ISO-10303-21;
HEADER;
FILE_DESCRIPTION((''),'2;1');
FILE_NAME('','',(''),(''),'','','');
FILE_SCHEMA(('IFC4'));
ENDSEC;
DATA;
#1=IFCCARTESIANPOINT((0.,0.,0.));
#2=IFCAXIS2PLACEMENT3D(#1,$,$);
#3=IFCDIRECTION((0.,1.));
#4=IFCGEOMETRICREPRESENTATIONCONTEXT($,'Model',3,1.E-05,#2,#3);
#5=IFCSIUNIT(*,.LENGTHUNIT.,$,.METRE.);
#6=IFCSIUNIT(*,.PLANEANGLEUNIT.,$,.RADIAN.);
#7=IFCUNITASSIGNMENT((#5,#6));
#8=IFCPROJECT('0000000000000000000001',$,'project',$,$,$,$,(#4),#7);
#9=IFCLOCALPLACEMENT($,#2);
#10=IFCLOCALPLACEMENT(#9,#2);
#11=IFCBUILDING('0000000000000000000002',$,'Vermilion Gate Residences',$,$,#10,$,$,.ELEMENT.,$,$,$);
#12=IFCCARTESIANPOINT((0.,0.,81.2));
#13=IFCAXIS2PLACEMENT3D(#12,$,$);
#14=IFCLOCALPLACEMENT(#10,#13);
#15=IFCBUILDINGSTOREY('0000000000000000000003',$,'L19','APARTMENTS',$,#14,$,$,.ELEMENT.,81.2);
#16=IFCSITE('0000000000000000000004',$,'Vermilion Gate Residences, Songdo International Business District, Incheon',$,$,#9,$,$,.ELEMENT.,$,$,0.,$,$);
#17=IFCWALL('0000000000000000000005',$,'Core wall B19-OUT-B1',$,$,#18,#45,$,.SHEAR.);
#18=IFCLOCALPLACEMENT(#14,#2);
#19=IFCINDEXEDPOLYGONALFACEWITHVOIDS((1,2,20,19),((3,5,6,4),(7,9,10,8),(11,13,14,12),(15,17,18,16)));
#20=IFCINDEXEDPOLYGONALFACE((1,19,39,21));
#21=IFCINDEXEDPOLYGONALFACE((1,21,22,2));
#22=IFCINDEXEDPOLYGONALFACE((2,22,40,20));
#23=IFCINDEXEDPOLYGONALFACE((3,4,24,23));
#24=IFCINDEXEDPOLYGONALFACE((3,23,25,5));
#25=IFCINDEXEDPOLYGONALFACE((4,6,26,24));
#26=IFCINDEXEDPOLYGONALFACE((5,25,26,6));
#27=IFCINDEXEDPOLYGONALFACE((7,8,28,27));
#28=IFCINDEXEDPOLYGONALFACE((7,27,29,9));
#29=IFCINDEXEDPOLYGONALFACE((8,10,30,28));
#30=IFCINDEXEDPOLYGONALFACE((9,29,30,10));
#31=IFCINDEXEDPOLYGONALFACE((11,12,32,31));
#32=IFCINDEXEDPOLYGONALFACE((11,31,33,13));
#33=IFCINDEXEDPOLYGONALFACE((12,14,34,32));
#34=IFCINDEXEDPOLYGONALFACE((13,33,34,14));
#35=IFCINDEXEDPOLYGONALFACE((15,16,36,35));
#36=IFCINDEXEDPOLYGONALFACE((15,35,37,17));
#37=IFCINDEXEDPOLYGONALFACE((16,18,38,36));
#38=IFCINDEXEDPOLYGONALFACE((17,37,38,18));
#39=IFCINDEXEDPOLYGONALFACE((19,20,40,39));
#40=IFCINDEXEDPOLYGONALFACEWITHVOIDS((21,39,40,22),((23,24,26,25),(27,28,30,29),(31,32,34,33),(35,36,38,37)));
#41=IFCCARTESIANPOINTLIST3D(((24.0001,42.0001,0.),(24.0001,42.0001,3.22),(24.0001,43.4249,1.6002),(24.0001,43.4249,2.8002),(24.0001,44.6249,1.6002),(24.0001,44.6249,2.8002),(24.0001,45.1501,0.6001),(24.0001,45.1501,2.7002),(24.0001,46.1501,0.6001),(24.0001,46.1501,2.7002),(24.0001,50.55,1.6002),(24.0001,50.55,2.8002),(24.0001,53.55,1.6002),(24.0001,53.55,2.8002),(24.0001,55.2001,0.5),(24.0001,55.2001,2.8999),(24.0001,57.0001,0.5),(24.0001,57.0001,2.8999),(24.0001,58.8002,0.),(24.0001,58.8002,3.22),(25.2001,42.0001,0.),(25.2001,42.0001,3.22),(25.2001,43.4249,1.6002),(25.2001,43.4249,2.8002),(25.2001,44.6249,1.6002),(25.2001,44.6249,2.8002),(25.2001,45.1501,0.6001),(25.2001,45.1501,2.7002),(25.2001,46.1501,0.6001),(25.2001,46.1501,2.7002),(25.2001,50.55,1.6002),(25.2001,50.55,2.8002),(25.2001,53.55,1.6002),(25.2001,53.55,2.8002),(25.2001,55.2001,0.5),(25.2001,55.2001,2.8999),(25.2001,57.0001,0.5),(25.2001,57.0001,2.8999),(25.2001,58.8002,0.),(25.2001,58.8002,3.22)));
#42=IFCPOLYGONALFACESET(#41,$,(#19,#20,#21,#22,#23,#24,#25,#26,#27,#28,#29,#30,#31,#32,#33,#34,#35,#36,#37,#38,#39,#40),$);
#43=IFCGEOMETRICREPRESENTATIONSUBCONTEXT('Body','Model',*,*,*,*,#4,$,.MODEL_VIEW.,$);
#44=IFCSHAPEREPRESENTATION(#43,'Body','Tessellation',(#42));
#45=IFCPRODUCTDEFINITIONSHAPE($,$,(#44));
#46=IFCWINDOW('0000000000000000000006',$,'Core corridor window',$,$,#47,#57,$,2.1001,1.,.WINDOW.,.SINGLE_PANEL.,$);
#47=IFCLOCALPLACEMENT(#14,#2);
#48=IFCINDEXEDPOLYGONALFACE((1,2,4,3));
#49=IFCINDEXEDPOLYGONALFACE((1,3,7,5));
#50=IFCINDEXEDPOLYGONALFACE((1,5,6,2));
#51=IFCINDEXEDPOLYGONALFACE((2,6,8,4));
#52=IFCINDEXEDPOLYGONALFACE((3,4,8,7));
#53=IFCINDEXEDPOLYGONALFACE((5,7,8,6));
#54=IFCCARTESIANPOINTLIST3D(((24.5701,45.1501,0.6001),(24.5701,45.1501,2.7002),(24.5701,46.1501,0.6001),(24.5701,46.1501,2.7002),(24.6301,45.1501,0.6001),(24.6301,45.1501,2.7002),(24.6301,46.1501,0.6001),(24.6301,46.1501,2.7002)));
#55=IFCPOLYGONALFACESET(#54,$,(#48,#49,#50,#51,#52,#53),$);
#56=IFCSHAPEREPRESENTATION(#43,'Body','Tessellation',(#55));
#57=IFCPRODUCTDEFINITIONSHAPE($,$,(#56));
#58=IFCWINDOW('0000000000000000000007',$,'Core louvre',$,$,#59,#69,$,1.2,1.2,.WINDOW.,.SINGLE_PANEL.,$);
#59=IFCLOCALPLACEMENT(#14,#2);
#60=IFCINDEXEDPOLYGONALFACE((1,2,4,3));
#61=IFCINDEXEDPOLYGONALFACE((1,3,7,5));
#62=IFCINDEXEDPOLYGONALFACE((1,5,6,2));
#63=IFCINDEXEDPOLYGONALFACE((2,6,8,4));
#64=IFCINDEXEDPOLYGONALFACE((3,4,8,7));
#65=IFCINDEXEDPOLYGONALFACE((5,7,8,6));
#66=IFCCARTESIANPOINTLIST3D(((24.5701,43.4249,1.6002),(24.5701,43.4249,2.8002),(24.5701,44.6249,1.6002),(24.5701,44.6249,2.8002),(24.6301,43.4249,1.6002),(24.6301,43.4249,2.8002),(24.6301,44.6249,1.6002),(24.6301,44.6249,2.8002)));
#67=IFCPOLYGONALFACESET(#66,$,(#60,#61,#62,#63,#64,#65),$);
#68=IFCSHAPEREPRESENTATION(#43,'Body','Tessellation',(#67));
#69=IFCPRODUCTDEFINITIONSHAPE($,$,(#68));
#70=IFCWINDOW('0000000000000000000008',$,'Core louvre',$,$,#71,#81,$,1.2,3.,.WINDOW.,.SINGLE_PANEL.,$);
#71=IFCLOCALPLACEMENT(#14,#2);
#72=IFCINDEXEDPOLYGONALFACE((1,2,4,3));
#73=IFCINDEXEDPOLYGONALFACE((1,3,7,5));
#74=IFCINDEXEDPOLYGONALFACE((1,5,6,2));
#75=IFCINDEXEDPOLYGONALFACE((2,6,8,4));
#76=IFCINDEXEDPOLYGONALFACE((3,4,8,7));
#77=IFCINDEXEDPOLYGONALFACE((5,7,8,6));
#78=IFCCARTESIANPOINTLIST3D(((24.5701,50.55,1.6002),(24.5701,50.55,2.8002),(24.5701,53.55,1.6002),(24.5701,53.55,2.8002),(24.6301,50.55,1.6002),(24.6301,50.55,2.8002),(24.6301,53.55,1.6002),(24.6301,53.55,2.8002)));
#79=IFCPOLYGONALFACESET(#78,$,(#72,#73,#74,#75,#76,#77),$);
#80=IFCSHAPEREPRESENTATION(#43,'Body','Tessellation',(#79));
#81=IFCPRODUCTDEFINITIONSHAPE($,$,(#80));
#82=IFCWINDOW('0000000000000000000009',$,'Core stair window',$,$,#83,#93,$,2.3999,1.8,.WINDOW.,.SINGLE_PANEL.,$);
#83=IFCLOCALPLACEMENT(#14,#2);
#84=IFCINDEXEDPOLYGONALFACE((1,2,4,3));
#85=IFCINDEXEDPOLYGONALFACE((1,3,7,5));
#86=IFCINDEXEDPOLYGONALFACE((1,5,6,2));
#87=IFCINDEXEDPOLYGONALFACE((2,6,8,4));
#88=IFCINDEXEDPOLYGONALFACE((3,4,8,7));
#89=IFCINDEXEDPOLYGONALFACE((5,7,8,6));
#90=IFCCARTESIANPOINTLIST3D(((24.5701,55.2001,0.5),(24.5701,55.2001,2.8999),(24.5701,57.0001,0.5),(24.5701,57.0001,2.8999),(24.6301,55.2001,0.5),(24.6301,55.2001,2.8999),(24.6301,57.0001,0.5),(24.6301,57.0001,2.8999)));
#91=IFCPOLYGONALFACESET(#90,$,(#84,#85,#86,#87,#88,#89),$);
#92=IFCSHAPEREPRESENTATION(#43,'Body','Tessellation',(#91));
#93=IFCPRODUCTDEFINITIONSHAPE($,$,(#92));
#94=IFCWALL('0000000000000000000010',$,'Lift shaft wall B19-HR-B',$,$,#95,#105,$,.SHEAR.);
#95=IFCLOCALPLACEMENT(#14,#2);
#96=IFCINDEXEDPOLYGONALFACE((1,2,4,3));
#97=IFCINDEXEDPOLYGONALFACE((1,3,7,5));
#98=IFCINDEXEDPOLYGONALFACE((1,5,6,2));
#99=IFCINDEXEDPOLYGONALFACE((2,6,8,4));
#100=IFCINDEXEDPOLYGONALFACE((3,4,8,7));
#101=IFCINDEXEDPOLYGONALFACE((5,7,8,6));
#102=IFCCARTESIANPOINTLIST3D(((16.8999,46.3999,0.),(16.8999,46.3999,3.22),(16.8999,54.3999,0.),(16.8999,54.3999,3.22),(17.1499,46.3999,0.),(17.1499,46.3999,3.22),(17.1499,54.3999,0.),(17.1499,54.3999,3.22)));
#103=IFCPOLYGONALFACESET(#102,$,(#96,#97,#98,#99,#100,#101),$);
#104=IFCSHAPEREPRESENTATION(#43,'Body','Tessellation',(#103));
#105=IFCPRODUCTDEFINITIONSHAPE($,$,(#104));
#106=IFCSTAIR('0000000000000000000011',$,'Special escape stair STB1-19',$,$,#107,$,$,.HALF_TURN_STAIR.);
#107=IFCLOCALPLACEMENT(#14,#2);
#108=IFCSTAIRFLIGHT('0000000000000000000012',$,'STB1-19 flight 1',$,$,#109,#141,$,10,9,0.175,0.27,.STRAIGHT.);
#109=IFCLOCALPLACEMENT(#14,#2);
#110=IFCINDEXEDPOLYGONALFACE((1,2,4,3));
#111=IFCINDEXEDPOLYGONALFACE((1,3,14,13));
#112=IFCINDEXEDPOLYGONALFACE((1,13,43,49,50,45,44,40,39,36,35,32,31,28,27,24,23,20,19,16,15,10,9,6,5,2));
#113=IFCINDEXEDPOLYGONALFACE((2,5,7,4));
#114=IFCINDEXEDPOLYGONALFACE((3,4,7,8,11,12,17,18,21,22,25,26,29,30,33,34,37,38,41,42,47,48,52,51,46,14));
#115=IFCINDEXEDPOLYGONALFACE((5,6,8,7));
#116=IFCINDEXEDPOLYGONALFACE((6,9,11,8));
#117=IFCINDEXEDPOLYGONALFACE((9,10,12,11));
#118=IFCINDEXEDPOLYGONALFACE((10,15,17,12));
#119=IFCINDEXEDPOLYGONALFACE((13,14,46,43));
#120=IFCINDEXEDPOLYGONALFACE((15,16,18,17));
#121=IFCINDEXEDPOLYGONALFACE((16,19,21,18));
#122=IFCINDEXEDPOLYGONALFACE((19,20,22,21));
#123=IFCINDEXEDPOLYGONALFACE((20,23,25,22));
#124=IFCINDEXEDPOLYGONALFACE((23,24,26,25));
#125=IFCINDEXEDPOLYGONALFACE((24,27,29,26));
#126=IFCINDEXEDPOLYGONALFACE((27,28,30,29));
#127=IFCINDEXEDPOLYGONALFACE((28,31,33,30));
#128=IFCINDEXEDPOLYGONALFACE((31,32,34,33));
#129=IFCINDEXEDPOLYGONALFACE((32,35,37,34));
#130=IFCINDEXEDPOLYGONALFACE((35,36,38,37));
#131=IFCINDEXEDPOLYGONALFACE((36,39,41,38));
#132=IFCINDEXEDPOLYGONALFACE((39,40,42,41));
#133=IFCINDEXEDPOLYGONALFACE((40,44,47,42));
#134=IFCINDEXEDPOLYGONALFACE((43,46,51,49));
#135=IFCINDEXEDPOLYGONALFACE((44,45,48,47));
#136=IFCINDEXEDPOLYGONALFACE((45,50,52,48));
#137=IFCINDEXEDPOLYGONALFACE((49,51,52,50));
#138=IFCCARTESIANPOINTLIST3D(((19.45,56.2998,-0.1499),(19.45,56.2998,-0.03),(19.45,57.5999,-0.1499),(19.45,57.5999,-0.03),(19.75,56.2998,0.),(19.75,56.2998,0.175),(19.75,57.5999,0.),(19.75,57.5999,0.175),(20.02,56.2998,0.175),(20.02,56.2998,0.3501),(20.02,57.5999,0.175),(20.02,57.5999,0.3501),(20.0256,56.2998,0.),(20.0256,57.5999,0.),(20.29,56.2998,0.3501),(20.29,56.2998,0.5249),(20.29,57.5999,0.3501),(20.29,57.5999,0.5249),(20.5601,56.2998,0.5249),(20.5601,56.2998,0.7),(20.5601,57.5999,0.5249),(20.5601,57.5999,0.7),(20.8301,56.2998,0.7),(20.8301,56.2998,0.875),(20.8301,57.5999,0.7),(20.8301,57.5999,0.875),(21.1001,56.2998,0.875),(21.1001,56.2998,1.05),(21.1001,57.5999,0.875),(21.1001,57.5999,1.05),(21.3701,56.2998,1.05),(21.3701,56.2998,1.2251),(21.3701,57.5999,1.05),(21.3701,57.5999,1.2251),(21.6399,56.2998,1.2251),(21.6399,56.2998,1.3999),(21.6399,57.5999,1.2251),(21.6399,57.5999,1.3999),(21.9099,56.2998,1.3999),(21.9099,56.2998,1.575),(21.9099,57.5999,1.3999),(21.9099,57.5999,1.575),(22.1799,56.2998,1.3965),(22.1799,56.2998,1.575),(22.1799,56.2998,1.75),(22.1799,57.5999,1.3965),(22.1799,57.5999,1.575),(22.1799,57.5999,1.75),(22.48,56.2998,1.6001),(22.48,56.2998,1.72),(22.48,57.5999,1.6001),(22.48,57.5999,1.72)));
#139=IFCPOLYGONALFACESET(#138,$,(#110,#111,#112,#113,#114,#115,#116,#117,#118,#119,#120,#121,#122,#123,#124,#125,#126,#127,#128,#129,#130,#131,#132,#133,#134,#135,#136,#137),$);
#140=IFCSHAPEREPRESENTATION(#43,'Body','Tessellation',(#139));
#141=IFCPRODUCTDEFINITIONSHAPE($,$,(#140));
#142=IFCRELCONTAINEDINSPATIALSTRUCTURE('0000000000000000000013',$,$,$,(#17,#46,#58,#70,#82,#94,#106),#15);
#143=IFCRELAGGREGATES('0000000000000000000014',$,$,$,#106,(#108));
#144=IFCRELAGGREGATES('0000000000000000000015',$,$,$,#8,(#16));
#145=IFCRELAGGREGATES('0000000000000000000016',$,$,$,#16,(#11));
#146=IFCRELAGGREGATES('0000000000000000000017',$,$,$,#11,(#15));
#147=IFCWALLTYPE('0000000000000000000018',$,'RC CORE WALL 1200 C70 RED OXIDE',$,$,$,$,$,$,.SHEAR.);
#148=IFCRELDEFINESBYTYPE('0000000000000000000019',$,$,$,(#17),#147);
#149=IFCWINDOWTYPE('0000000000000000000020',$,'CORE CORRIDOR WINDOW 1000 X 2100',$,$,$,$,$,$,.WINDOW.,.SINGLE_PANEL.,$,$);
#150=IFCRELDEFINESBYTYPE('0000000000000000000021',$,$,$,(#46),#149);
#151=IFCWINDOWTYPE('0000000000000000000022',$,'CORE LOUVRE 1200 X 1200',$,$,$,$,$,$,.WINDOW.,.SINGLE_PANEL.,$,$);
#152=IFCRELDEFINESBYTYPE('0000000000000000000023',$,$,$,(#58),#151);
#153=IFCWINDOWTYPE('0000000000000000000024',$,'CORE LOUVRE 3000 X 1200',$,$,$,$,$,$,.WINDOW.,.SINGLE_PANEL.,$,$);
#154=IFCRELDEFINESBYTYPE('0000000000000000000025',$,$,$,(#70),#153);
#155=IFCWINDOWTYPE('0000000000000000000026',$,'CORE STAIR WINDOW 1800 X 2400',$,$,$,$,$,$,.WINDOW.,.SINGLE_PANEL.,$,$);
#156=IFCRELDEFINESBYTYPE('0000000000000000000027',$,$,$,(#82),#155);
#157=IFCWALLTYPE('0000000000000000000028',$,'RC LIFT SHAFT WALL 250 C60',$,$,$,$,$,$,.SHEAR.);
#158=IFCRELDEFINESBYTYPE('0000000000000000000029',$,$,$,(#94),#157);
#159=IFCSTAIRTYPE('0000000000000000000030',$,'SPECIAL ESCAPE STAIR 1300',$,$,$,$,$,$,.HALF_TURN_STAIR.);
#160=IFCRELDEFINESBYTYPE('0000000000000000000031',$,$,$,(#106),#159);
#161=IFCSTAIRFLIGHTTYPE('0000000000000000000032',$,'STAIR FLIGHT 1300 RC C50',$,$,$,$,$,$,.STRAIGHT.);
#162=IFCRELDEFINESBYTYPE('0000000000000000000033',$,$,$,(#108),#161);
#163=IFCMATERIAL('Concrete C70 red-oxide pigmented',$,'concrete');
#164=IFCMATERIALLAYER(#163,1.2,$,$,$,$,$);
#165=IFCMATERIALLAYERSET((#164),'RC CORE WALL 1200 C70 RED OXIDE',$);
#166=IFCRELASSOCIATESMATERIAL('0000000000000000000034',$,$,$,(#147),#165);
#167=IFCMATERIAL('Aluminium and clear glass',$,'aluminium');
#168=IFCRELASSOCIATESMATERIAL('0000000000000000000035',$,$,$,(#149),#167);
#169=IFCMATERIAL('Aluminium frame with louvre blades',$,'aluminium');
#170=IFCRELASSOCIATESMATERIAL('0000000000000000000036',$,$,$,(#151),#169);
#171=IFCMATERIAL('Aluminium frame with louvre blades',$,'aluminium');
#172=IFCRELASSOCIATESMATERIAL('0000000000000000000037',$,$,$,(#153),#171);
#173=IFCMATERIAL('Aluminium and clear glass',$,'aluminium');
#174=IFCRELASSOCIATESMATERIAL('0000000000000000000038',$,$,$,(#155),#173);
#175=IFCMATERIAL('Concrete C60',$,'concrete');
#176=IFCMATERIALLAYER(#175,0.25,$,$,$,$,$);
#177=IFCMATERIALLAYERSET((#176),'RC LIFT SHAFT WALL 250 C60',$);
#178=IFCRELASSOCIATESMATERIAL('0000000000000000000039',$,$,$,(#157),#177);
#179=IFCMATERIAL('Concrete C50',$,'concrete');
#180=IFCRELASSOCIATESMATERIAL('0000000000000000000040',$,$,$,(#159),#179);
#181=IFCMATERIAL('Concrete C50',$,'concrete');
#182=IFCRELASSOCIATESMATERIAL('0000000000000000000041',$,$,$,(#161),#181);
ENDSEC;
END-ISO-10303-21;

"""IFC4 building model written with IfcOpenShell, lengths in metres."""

from ifc_helpers import new_model, si_unit, direction, frame, frame_2d, origin, place, context, subcontext, project, spatial, polyline, rectangle, outline, extrude, material, layer, layer_set, type_object, element, fill, aggregate, save


model = new_model("IFC4")

# Units and contexts
model_context = context("Model", 3, precision=1e-05, world=origin(), true_north=direction((0.0, 1.0)))
body_context = subcontext(model_context, "Body", "Model", "MODEL_VIEW")
ifc_project = project(units=[si_unit("LENGTHUNIT", "METRE"), si_unit("PLANEANGLEUNIT", "RADIAN")], contexts=[model_context])

# Site, building, storey
site_placement = place(None, origin())
site = spatial("IfcSite", under=ifc_project, at=site_placement, Name="Vermilion Gate Residences, Songdo International Business District, Incheon", CompositionType="ELEMENT", RefElevation=0.0)
building_placement = place(site_placement, origin())
building = spatial("IfcBuilding", under=site, at=building_placement, Name="Vermilion Gate Residences", CompositionType="ELEMENT")
storey_placement = place(building_placement, frame((0.0, 0.0, 81.2)))
storey = spatial("IfcBuildingStorey", under=building, at=storey_placement, Name="L19", Description="APARTMENTS", CompositionType="ELEMENT", Elevation=81.2)

# Wall, openings, windows
ifc_material_1 = material(Name="Concrete C70 red-oxide pigmented", Category="concrete")
ifc_layer_1 = layer(ifc_material_1, 1.2)
ifc_layer_set_1 = layer_set([ifc_layer_1], Name="RC CORE WALL 1200 C70 RED OXIDE")
wall_type_1 = type_object("IfcWallType", Name="RC CORE WALL 1200 C70 RED OXIDE", PredefinedType="SHEAR", material=ifc_layer_set_1)
wall_1_placement = place(storey_placement, frame((24.6001, 58.8, 0.0), z_axis=(0.0, 0.0, 1.0), x_axis=(0.0, -1.0, 0.0)))
wall_1 = element("IfcWall", 1, at=wall_1_placement, inside=storey, type_object=wall_type_1, Name="Core wall B19-OUT-B1", PredefinedType="SHEAR", context=body_context, shape_type="SweptSolid", body=[
    extrude(rectangle(XDim=16.8, YDim=1.2, at=frame_2d((8.3999, 0.0))), origin(), (0.0, 0.0, 1.0), 3.22),
])
opening_1_placement = place(wall_1_placement, frame((1.8, 0.0, 0.5)))
opening_1 = element("IfcOpeningElement", 2, at=opening_1_placement, cuts=wall_1, PredefinedType="OPENING", context=body_context, shape_type="SweptSolid", body=[
    extrude(rectangle(XDim=1.8, YDim=2.3999, at=frame_2d((0.8999, 1.2))), frame((0.0, 0.6099, 0.0), z_axis=(0.0, -1.0, 0.0), x_axis=(1.0, 0.0, 0.0)), (0.0, 0.0, 1.0), 1.22),
])
opening_2_placement = place(wall_1_placement, frame((5.25, 0.0, 1.6001)))
opening_2 = element("IfcOpeningElement", 3, at=opening_2_placement, cuts=wall_1, PredefinedType="OPENING", context=body_context, shape_type="SweptSolid", body=[
    extrude(rectangle(XDim=3.0, YDim=1.2, at=frame_2d((1.5, 0.6001))), frame((0.0, 0.6099, 0.0), z_axis=(0.0, -1.0, 0.0), x_axis=(1.0, 0.0, 0.0)), (0.0, 0.0, 1.0), 1.22),
])
opening_3_placement = place(wall_1_placement, frame((12.6499, 0.0, 0.6001)))
opening_3 = element("IfcOpeningElement", 4, at=opening_3_placement, cuts=wall_1, PredefinedType="OPENING", context=body_context, shape_type="SweptSolid", body=[
    extrude(rectangle(XDim=1.0, YDim=2.1001, at=frame_2d((0.5, 1.05))), frame((0.0, 0.6099, 0.0), z_axis=(0.0, -1.0, 0.0), x_axis=(1.0, 0.0, 0.0)), (0.0, 0.0, 1.0), 1.22),
])
opening_4_placement = place(wall_1_placement, frame((14.175, 0.0, 1.6001)))
opening_4 = element("IfcOpeningElement", 5, at=opening_4_placement, cuts=wall_1, PredefinedType="OPENING", context=body_context, shape_type="SweptSolid", body=[
    extrude(rectangle(XDim=1.2, YDim=1.2, at=frame_2d((0.6001, 0.6001))), frame((0.0, 0.6099, 0.0), z_axis=(0.0, -1.0, 0.0), x_axis=(1.0, 0.0, 0.0)), (0.0, 0.0, 1.0), 1.22),
])
ifc_material_2 = material(Name="Aluminium and clear glass", Category="aluminium")
window_type_1 = type_object("IfcWindowType", Name="CORE CORRIDOR WINDOW 1000 X 2100", PartitioningType="SINGLE_PANEL", PredefinedType="WINDOW", material=ifc_material_2)
window_1_placement = place(opening_3_placement, origin())
window_1 = element("IfcWindow", 6, at=window_1_placement, inside=storey, type_object=window_type_1, Name="Core corridor window", OverallHeight=2.1001, OverallWidth=1.0, PartitioningType="SINGLE_PANEL", PredefinedType="WINDOW", context=body_context, shape_type="SweptSolid", body=[
    extrude(rectangle(XDim=1.0, YDim=2.1001, at=frame_2d((0.5, 1.05))), frame((0.0, 0.03, 0.0), z_axis=(0.0, -1.0, 0.0), x_axis=(1.0, 0.0, 0.0)), (0.0, 0.0, 1.0), 0.0601),
])
fill(opening_3, window_1)
ifc_material_3 = material(Name="Aluminium frame with louvre blades", Category="aluminium")
window_type_2 = type_object("IfcWindowType", Name="CORE LOUVRE 1200 X 1200", PartitioningType="SINGLE_PANEL", PredefinedType="WINDOW", material=ifc_material_3)
window_2_placement = place(opening_4_placement, origin())
window_2 = element("IfcWindow", 7, at=window_2_placement, inside=storey, type_object=window_type_2, Name="Core louvre", OverallHeight=1.2, OverallWidth=1.2, PartitioningType="SINGLE_PANEL", PredefinedType="WINDOW", context=body_context, shape_type="SweptSolid", body=[
    extrude(rectangle(XDim=1.2, YDim=1.2, at=frame_2d((0.6001, 0.6001))), frame((0.0, 0.03, 0.0), z_axis=(0.0, -1.0, 0.0), x_axis=(1.0, 0.0, 0.0)), (0.0, 0.0, 1.0), 0.0601),
])
fill(opening_4, window_2)
ifc_material_4 = material(Name="Aluminium frame with louvre blades", Category="aluminium")
window_type_3 = type_object("IfcWindowType", Name="CORE LOUVRE 3000 X 1200", PartitioningType="SINGLE_PANEL", PredefinedType="WINDOW", material=ifc_material_4)
window_3_placement = place(opening_2_placement, origin())
window_3 = element("IfcWindow", 8, at=window_3_placement, inside=storey, type_object=window_type_3, Name="Core louvre", OverallHeight=1.2, OverallWidth=3.0, PartitioningType="SINGLE_PANEL", PredefinedType="WINDOW", context=body_context, shape_type="SweptSolid", body=[
    extrude(rectangle(XDim=3.0, YDim=1.2, at=frame_2d((1.5, 0.6001))), frame((0.0, 0.03, 0.0), z_axis=(0.0, -1.0, 0.0), x_axis=(1.0, 0.0, 0.0)), (0.0, 0.0, 1.0), 0.0601),
])
fill(opening_2, window_3)
ifc_material_5 = material(Name="Aluminium and clear glass", Category="aluminium")
window_type_4 = type_object("IfcWindowType", Name="CORE STAIR WINDOW 1800 X 2400", PartitioningType="SINGLE_PANEL", PredefinedType="WINDOW", material=ifc_material_5)
window_4_placement = place(opening_1_placement, origin())
window_4 = element("IfcWindow", 9, at=window_4_placement, inside=storey, type_object=window_type_4, Name="Core stair window", OverallHeight=2.3999, OverallWidth=1.8, PartitioningType="SINGLE_PANEL", PredefinedType="WINDOW", context=body_context, shape_type="SweptSolid", body=[
    extrude(rectangle(XDim=1.8, YDim=2.3999, at=frame_2d((0.8999, 1.2))), frame((0.0, 0.03, 0.0), z_axis=(0.0, -1.0, 0.0), x_axis=(1.0, 0.0, 0.0)), (0.0, 0.0, 1.0), 0.0601),
])
fill(opening_1, window_4)

# Wall
ifc_material_6 = material(Name="Concrete C60", Category="concrete")
ifc_layer_2 = layer(ifc_material_6, 0.25)
ifc_layer_set_2 = layer_set([ifc_layer_2], Name="RC LIFT SHAFT WALL 250 C60")
wall_type_2 = type_object("IfcWallType", Name="RC LIFT SHAFT WALL 250 C60", PredefinedType="SHEAR", material=ifc_layer_set_2)
wall_2_placement = place(storey_placement, frame((17.0249, 54.3999, 0.0), z_axis=(0.0, 0.0, 1.0), x_axis=(0.0, -1.0, 0.0)))
element("IfcWall", 10, at=wall_2_placement, inside=storey, type_object=wall_type_2, Name="Lift shaft wall B19-HR-B", PredefinedType="SHEAR", context=body_context, shape_type="SweptSolid", body=[
    extrude(rectangle(XDim=8.0, YDim=0.25, at=frame_2d((4.0, 0.0))), origin(), (0.0, 0.0, 1.0), 3.22),
])

# Stair, stair flight
ifc_material_7 = material(Name="Concrete C50", Category="concrete")
stair_type = type_object("IfcStairType", Name="SPECIAL ESCAPE STAIR 1300", PredefinedType="HALF_TURN_STAIR", material=ifc_material_7)
stair_placement = place(storey_placement, origin())
stair = element("IfcStair", 11, at=stair_placement, inside=storey, type_object=stair_type, Name="Special escape stair STB1-19", PredefinedType="HALF_TURN_STAIR")
ifc_material_8 = material(Name="Concrete C50", Category="concrete")
stair_flight_type = type_object("IfcStairFlightType", Name="STAIR FLIGHT 1300 RC C50", PredefinedType="STRAIGHT", material=ifc_material_8)
stair_flight_1_placement = place(storey_placement, frame((19.75, 56.95, 0.0), z_axis=(0.0, 0.0, 1.0), x_axis=(1.0, 0.0, 0.0)))
stair_flight_1 = element("IfcStairFlight", 12, at=stair_flight_1_placement, type_object=stair_flight_type, Name="STB1-19 flight 1", NumberOfRisers=10, NumberOfTreads=9, PredefinedType="STRAIGHT", RiserHeight=0.175, TreadLength=0.27, context=body_context, shape_type="SweptSolid", body=[
    extrude(outline(polyline([(-0.3, -0.1499), (-0.3, -0.03), (0.0, 0.0), (0.0, 0.175), (0.27, 0.175), (0.27, 0.3501), (0.54, 0.3501), (0.54, 0.5249), (0.8101, 0.5249), (0.8101, 0.7), (1.0801, 0.7), (1.0801, 0.875), (1.3501, 0.875), (1.3501, 1.05), (1.6201, 1.05), (1.6201, 1.2251), (1.8899, 1.2251), (1.8899, 1.3999), (2.1599, 1.3999), (2.1599, 1.575), (2.4299, 1.575), (2.4299, 1.75), (2.73, 1.72), (2.73, 1.6001), (2.4299, 1.3965), (0.2756, 0.0), (-0.3, -0.1499)])), frame((0.0, 0.6499, 0.0), z_axis=(0.0, -1.0, 0.0), x_axis=(1.0, 0.0, 0.0)), (0.0, 0.0, 1.0), 1.3),
])
aggregate(stair, [stair_flight_1])

save(model, "model.ifc")
